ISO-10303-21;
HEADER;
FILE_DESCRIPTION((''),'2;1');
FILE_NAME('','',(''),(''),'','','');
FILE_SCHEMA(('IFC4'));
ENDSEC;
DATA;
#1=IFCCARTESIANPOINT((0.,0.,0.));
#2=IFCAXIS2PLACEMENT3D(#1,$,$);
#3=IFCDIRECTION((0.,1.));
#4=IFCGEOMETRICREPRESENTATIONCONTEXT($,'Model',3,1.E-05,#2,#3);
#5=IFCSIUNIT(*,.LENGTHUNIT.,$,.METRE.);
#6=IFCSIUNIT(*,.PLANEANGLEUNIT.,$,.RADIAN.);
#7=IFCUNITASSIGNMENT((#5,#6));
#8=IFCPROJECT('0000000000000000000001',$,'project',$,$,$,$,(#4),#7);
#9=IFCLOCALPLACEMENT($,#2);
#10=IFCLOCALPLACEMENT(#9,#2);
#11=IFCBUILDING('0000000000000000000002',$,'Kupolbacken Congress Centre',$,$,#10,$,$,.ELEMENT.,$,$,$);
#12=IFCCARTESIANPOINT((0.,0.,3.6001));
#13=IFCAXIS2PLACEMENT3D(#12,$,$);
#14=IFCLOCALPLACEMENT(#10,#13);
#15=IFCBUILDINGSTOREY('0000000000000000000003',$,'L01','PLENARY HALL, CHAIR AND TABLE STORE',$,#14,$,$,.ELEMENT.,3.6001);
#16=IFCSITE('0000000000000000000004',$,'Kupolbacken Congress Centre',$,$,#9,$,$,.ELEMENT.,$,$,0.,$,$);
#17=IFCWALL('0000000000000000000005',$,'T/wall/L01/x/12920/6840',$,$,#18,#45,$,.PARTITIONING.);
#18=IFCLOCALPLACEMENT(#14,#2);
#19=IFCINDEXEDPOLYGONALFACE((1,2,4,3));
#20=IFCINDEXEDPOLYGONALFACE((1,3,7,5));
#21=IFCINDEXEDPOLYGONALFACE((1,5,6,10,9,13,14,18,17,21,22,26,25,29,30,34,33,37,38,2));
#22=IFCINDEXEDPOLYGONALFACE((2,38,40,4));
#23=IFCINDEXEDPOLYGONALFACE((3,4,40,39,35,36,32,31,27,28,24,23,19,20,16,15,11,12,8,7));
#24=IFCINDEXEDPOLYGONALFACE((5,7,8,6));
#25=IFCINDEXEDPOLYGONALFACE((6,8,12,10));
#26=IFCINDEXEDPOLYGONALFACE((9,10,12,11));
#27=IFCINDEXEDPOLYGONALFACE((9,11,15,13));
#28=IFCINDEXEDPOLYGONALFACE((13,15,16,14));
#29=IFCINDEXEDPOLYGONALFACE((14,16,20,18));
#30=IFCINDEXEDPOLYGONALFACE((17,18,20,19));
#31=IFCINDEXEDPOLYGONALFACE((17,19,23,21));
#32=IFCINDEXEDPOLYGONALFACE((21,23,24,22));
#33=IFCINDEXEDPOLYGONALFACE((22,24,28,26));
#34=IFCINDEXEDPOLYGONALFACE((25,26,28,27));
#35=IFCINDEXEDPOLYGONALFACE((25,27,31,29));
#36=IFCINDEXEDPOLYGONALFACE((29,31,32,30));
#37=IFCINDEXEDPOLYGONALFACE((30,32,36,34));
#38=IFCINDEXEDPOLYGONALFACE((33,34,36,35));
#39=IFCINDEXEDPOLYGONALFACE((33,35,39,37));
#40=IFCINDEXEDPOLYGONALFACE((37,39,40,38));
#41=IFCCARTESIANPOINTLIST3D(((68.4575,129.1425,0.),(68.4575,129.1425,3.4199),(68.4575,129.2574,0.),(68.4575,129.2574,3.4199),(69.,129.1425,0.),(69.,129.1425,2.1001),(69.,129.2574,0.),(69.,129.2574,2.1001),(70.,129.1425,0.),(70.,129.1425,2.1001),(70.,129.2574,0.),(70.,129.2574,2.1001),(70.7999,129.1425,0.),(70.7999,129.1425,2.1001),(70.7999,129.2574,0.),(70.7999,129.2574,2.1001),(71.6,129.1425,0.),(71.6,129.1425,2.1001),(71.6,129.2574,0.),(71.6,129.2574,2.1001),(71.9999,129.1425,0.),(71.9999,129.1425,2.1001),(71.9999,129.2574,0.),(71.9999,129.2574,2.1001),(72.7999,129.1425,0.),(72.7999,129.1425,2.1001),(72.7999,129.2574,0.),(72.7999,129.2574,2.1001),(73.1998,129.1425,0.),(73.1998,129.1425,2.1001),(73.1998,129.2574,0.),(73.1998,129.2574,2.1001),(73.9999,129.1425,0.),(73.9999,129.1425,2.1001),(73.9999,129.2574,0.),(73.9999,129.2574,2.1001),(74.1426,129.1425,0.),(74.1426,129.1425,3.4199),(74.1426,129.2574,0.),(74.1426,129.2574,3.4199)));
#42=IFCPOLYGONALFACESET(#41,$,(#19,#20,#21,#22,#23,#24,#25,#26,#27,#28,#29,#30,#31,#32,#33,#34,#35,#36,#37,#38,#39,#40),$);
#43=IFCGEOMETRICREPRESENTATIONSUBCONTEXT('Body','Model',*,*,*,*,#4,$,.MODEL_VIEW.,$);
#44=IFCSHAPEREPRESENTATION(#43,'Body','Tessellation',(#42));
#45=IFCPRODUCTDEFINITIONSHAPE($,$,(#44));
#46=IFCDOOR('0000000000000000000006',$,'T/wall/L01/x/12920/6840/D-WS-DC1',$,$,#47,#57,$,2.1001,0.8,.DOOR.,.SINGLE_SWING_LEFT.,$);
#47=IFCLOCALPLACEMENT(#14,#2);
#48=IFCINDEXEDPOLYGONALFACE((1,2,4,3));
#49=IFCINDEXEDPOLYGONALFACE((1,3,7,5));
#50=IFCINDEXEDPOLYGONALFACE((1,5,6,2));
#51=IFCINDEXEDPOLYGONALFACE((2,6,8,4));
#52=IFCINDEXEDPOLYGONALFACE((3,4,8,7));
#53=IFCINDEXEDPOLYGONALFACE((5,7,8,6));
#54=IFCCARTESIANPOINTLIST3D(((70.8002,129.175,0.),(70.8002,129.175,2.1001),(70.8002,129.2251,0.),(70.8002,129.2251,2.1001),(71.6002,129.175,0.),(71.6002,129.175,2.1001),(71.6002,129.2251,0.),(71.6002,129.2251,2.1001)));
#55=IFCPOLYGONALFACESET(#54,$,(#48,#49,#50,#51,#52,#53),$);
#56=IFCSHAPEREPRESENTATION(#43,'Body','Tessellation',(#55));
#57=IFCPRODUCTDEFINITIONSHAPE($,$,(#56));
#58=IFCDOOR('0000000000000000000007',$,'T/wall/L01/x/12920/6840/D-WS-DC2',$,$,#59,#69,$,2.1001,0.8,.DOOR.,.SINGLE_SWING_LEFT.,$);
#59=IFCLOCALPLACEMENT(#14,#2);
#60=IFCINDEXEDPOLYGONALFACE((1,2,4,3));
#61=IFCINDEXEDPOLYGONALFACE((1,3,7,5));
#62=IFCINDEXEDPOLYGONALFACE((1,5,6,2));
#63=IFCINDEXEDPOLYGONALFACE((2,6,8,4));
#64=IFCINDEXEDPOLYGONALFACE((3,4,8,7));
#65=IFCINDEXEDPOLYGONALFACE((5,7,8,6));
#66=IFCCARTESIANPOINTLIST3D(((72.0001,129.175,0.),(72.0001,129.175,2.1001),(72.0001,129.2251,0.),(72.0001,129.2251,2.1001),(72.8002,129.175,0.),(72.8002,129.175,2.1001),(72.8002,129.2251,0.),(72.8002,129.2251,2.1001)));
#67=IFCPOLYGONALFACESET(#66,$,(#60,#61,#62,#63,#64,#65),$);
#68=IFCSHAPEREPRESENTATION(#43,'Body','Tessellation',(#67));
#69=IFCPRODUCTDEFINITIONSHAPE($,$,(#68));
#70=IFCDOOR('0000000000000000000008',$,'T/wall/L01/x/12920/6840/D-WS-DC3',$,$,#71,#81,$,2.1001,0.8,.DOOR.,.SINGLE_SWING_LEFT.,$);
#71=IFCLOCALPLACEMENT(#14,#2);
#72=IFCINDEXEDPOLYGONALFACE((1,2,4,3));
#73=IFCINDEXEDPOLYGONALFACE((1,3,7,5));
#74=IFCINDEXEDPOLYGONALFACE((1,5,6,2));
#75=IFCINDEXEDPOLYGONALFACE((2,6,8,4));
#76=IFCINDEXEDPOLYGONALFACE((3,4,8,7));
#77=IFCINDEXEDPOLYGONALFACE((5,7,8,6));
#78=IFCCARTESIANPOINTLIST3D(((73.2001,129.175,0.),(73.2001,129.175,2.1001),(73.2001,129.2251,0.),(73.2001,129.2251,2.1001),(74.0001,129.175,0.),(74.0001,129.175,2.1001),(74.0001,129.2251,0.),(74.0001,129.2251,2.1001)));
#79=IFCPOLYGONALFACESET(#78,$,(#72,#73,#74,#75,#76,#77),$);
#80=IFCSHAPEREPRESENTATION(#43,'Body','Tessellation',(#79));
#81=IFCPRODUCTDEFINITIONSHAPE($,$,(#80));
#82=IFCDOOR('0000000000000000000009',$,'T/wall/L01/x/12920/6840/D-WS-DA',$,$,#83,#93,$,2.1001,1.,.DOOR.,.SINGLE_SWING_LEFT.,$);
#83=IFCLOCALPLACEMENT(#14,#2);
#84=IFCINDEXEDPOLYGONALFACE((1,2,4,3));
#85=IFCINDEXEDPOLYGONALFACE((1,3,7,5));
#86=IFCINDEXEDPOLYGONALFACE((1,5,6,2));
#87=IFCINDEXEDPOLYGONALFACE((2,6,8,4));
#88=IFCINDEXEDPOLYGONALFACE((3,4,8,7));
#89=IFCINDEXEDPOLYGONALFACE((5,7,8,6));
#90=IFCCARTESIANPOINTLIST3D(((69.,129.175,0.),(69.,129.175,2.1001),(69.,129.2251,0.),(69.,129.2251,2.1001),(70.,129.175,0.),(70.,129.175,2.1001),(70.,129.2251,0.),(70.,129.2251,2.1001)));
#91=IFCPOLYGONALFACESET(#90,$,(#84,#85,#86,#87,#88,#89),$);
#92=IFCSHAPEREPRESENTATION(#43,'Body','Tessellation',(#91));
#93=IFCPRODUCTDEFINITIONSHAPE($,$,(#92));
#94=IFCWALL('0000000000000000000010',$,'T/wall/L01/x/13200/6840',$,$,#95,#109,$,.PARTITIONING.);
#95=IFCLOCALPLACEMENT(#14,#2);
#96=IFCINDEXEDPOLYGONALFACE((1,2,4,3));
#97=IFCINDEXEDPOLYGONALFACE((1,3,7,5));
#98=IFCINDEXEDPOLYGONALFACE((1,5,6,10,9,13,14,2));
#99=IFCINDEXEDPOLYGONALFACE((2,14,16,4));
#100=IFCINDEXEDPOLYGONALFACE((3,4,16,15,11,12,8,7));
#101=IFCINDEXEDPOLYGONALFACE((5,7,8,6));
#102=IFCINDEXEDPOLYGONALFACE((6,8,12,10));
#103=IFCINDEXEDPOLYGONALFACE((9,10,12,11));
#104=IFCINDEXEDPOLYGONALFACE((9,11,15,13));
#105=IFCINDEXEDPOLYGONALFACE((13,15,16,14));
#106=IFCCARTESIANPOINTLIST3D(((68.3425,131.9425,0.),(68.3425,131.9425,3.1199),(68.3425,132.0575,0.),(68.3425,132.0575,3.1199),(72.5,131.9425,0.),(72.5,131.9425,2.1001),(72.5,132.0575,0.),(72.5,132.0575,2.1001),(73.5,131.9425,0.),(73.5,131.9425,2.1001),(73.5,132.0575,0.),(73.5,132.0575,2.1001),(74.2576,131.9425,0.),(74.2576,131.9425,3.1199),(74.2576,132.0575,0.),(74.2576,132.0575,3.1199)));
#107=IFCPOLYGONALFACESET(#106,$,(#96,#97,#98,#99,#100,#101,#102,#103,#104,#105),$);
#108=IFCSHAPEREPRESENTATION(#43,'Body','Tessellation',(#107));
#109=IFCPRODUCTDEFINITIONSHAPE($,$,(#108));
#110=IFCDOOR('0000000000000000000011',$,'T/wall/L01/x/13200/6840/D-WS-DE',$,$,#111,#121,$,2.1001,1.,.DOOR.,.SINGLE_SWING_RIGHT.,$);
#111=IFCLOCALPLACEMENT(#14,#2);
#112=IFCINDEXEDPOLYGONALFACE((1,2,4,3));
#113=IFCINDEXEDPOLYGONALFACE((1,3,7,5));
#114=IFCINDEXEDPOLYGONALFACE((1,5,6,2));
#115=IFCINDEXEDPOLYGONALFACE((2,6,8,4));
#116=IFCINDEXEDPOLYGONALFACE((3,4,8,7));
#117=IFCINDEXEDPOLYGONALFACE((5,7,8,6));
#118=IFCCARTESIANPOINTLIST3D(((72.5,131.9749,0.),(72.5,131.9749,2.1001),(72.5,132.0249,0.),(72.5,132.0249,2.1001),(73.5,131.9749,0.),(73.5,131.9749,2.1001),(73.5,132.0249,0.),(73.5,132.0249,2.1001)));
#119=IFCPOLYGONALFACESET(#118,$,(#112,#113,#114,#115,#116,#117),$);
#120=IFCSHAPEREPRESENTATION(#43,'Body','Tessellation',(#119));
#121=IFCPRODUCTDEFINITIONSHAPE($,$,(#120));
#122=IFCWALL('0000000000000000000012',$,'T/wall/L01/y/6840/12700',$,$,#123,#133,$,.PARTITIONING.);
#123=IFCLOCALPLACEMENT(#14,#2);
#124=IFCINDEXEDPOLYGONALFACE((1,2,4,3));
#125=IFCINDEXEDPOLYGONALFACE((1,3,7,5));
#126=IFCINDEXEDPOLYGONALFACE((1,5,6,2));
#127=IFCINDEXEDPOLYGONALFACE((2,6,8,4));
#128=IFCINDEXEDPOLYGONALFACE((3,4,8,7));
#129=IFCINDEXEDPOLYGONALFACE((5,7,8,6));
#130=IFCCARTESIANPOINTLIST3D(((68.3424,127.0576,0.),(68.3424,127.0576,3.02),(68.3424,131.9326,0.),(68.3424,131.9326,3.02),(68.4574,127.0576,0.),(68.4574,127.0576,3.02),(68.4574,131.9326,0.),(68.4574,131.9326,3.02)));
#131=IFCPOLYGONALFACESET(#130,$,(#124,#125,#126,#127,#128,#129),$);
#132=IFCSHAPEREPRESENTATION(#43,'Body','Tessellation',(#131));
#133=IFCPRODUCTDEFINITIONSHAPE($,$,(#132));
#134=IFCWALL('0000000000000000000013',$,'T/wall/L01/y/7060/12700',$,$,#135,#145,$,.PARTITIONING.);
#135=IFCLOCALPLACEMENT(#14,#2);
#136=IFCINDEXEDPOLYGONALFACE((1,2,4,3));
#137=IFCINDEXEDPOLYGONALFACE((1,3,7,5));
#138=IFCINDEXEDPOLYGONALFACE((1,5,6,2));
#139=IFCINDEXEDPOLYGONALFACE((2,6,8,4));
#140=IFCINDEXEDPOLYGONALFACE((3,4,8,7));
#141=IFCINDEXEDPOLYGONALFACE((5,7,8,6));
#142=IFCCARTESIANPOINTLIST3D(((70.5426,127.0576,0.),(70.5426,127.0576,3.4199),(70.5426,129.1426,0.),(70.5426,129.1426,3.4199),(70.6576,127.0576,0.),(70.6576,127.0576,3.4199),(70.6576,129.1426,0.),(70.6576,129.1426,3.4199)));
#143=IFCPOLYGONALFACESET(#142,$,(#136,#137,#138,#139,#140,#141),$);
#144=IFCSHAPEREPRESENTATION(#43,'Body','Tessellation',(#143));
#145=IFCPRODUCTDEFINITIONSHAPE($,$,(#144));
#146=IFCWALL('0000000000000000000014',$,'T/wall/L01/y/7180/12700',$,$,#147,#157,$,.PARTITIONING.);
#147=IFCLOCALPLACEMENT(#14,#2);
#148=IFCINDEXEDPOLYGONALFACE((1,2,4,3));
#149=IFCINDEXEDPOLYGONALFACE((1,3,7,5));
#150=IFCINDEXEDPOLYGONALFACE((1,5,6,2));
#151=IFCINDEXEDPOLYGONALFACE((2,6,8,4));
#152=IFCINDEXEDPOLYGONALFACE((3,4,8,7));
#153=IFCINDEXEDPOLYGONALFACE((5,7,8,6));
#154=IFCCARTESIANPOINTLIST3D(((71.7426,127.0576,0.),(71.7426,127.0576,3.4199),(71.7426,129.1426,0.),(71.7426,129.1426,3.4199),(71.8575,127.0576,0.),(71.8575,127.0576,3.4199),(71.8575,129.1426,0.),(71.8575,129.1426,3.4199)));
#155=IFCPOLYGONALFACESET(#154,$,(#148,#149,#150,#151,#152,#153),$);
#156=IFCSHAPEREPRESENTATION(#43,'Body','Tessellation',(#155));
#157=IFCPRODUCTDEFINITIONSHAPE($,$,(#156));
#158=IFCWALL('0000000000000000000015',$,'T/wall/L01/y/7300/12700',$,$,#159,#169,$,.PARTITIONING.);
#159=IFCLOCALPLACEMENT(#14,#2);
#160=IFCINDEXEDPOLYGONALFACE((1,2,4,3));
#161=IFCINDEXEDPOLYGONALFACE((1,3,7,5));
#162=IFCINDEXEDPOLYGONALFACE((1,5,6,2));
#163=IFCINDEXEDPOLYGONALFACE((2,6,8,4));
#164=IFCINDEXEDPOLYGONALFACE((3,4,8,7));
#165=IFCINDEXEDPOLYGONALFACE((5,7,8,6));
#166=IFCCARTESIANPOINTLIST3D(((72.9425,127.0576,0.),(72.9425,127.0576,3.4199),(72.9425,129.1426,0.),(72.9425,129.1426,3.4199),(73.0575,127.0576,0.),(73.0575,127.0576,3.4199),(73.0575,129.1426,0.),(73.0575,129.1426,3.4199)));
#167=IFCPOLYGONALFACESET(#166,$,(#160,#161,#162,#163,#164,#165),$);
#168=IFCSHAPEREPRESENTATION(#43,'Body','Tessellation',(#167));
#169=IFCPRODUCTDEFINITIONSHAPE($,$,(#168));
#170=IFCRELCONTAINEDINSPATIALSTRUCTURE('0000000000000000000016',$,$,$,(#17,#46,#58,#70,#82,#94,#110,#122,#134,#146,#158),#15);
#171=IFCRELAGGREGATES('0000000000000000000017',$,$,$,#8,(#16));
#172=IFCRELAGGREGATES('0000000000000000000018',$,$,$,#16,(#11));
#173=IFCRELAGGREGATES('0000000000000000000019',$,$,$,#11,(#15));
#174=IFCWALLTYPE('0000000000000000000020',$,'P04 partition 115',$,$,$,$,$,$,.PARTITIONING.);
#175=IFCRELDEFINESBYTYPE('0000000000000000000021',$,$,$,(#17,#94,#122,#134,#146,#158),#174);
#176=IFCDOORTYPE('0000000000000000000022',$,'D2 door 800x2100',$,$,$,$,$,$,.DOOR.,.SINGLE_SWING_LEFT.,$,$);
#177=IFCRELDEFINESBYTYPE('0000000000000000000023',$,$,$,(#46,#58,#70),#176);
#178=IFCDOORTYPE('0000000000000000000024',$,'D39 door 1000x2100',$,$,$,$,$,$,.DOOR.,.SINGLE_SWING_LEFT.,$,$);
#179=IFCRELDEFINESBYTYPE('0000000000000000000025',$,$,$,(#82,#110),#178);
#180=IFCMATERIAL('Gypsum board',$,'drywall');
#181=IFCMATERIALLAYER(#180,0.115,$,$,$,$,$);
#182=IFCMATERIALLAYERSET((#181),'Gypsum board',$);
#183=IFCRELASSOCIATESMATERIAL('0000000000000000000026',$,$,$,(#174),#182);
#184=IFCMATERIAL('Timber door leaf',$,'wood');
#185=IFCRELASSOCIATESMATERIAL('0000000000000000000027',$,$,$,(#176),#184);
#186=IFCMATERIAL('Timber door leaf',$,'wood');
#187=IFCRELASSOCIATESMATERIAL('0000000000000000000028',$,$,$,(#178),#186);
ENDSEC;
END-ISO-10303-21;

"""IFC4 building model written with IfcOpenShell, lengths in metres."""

from ifc_helpers import new_model, si_unit, direction, frame, frame_2d, origin, place, context, subcontext, project, spatial, rectangle, extrude, material, layer, layer_set, type_object, element, fill, save


model = new_model("IFC4")

# Units and contexts
model_context = context("Model", 3, precision=1e-05, world=origin(), true_north=direction((0.0, 1.0)))
body_context = subcontext(model_context, "Body", "Model", "MODEL_VIEW")
ifc_project = project(units=[si_unit("LENGTHUNIT", "METRE"), si_unit("PLANEANGLEUNIT", "RADIAN")], contexts=[model_context])

# Site, building, storey
site_placement = place(None, origin())
site = spatial("IfcSite", under=ifc_project, at=site_placement, Name="Kupolbacken Congress Centre", CompositionType="ELEMENT", RefElevation=0.0)
building_placement = place(site_placement, origin())
building = spatial("IfcBuilding", under=site, at=building_placement, Name="Kupolbacken Congress Centre", CompositionType="ELEMENT")
storey_placement = place(building_placement, frame((0.0, 0.0, 3.6001)))
storey = spatial("IfcBuildingStorey", under=building, at=storey_placement, Name="L01", Description="PLENARY HALL, CHAIR AND TABLE STORE", CompositionType="ELEMENT", Elevation=3.6001)

# Shared definitions
ifc_material_1 = material(Name="Gypsum board", Category="drywall")
ifc_layer_1 = layer(ifc_material_1, 0.115)
ifc_layer_set_1 = layer_set([ifc_layer_1], Name="Gypsum board")
wall_type_1 = type_object("IfcWallType", Name="P04 partition 115", PredefinedType="PARTITIONING", material=ifc_layer_set_1)

# Wall, openings, doors
wall_1_placement = place(storey_placement, frame((68.4575, 129.2, 0.0), z_axis=(0.0, 0.0, 1.0), x_axis=(1.0, 0.0, 0.0)))
wall_1 = element("IfcWall", 1, at=wall_1_placement, inside=storey, type_object=wall_type_1, Name="T/wall/L01/x/12920/6840", PredefinedType="PARTITIONING", context=body_context, shape_type="SweptSolid", body=[
    extrude(rectangle(XDim=5.6851, YDim=0.115, at=frame_2d((2.8425, 0.0))), origin(), (0.0, 0.0, 1.0), 3.4199),
])
opening_1_placement = place(wall_1_placement, frame((0.5425, 0.0, 0.0)))
opening_1 = element("IfcOpeningElement", 2, at=opening_1_placement, cuts=wall_1, PredefinedType="OPENING", context=body_context, shape_type="SweptSolid", body=[
    extrude(rectangle(XDim=1.0, YDim=2.1001, at=frame_2d((0.5, 1.05))), frame((0.0, 0.0674, 0.0), z_axis=(0.0, -1.0, 0.0), x_axis=(1.0, 0.0, 0.0)), (0.0, 0.0, 1.0), 0.135),
])
opening_2_placement = place(wall_1_placement, frame((2.3425, 0.0, 0.0)))
opening_2 = element("IfcOpeningElement", 3, at=opening_2_placement, cuts=wall_1, PredefinedType="OPENING", context=body_context, shape_type="SweptSolid", body=[
    extrude(rectangle(XDim=0.8, YDim=2.1001, at=frame_2d((0.3999, 1.05))), frame((0.0, 0.0674, 0.0), z_axis=(0.0, -1.0, 0.0), x_axis=(1.0, 0.0, 0.0)), (0.0, 0.0, 1.0), 0.135),
])
opening_3_placement = place(wall_1_placement, frame((3.5425, 0.0, 0.0)))
opening_3 = element("IfcOpeningElement", 4, at=opening_3_placement, cuts=wall_1, PredefinedType="OPENING", context=body_context, shape_type="SweptSolid", body=[
    extrude(rectangle(XDim=0.8, YDim=2.1001, at=frame_2d((0.3999, 1.05))), frame((0.0, 0.0674, 0.0), z_axis=(0.0, -1.0, 0.0), x_axis=(1.0, 0.0, 0.0)), (0.0, 0.0, 1.0), 0.135),
])
opening_4_placement = place(wall_1_placement, frame((4.7424, 0.0, 0.0)))
opening_4 = element("IfcOpeningElement", 5, at=opening_4_placement, cuts=wall_1, PredefinedType="OPENING", context=body_context, shape_type="SweptSolid", body=[
    extrude(rectangle(XDim=0.8, YDim=2.1001, at=frame_2d((0.3999, 1.05))), frame((0.0, 0.0674, 0.0), z_axis=(0.0, -1.0, 0.0), x_axis=(1.0, 0.0, 0.0)), (0.0, 0.0, 1.0), 0.135),
])
ifc_material_2 = material(Name="Timber door leaf", Category="wood")
door_type_1 = type_object("IfcDoorType", Name="D2 door 800x2100", OperationType="SINGLE_SWING_LEFT", PredefinedType="DOOR", material=ifc_material_2)
door_1_placement = place(opening_2_placement, frame((0.8, 0.0, 0.0), z_axis=(0.0, 0.0, 1.0), x_axis=(-1.0, 0.0, 0.0)))
door_1 = element("IfcDoor", 6, at=door_1_placement, inside=storey, type_object=door_type_1, Name="T/wall/L01/x/12920/6840/D-WS-DC1", OperationType="SINGLE_SWING_LEFT", OverallHeight=2.1001, OverallWidth=0.8, PredefinedType="DOOR", context=body_context, shape_type="SweptSolid", body=[
    extrude(rectangle(XDim=0.8, YDim=2.1001, at=frame_2d((0.3999, 1.05))), frame((0.0, 0.0249, 0.0), z_axis=(0.0, -1.0, 0.0), x_axis=(1.0, 0.0, 0.0)), (0.0, 0.0, 1.0), 0.05),
])
fill(opening_2, door_1)
door_2_placement = place(opening_3_placement, frame((0.8, 0.0, 0.0), z_axis=(0.0, 0.0, 1.0), x_axis=(-1.0, 0.0, 0.0)))
door_2 = element("IfcDoor", 7, at=door_2_placement, inside=storey, type_object=door_type_1, Name="T/wall/L01/x/12920/6840/D-WS-DC2", OperationType="SINGLE_SWING_LEFT", OverallHeight=2.1001, OverallWidth=0.8, PredefinedType="DOOR", context=body_context, shape_type="SweptSolid", body=[
    extrude(rectangle(XDim=0.8, YDim=2.1001, at=frame_2d((0.3999, 1.05))), frame((0.0, 0.0249, 0.0), z_axis=(0.0, -1.0, 0.0), x_axis=(1.0, 0.0, 0.0)), (0.0, 0.0, 1.0), 0.05),
])
fill(opening_3, door_2)
door_3_placement = place(opening_4_placement, frame((0.8, 0.0, 0.0), z_axis=(0.0, 0.0, 1.0), x_axis=(-1.0, 0.0, 0.0)))
door_3 = element("IfcDoor", 8, at=door_3_placement, inside=storey, type_object=door_type_1, Name="T/wall/L01/x/12920/6840/D-WS-DC3", OperationType="SINGLE_SWING_LEFT", OverallHeight=2.1001, OverallWidth=0.8, PredefinedType="DOOR", context=body_context, shape_type="SweptSolid", body=[
    extrude(rectangle(XDim=0.8, YDim=2.1001, at=frame_2d((0.3999, 1.05))), frame((0.0, 0.0249, 0.0), z_axis=(0.0, -1.0, 0.0), x_axis=(1.0, 0.0, 0.0)), (0.0, 0.0, 1.0), 0.05),
])
fill(opening_4, door_3)
ifc_material_3 = material(Name="Timber door leaf", Category="wood")
door_type_2 = type_object("IfcDoorType", Name="D39 door 1000x2100", OperationType="SINGLE_SWING_LEFT", PredefinedType="DOOR", material=ifc_material_3)
door_4_placement = place(opening_1_placement, frame((1.0, 0.0, 0.0), z_axis=(0.0, 0.0, 1.0), x_axis=(-1.0, 0.0, 0.0)))
door_4 = element("IfcDoor", 9, at=door_4_placement, inside=storey, type_object=door_type_2, Name="T/wall/L01/x/12920/6840/D-WS-DA", OperationType="SINGLE_SWING_LEFT", OverallHeight=2.1001, OverallWidth=1.0, PredefinedType="DOOR", context=body_context, shape_type="SweptSolid", body=[
    extrude(rectangle(XDim=1.0, YDim=2.1001, at=frame_2d((0.5, 1.05))), frame((0.0, 0.0249, 0.0), z_axis=(0.0, -1.0, 0.0), x_axis=(1.0, 0.0, 0.0)), (0.0, 0.0, 1.0), 0.05),
])
fill(opening_1, door_4)

# Wall, opening, door
wall_2_placement = place(storey_placement, frame((68.3425, 132.0, 0.0), z_axis=(0.0, 0.0, 1.0), x_axis=(1.0, 0.0, 0.0)))
wall_2 = element("IfcWall", 10, at=wall_2_placement, inside=storey, type_object=wall_type_1, Name="T/wall/L01/x/13200/6840", PredefinedType="PARTITIONING", context=body_context, shape_type="SweptSolid", body=[
    extrude(rectangle(XDim=5.915, YDim=0.115, at=frame_2d((2.9575, 0.0))), origin(), (0.0, 0.0, 1.0), 3.1199),
])
opening_5_placement = place(wall_2_placement, frame((4.1575, 0.0, 0.0)))
opening_5 = element("IfcOpeningElement", 11, at=opening_5_placement, cuts=wall_2, PredefinedType="OPENING", context=body_context, shape_type="SweptSolid", body=[
    extrude(rectangle(XDim=1.0, YDim=2.1001, at=frame_2d((0.5, 1.05))), frame((0.0, 0.0674, 0.0), z_axis=(0.0, -1.0, 0.0), x_axis=(1.0, 0.0, 0.0)), (0.0, 0.0, 1.0), 0.135),
])
door_5_placement = place(opening_5_placement, origin())
door_5 = element("IfcDoor", 12, at=door_5_placement, inside=storey, type_object=door_type_2, Name="T/wall/L01/x/13200/6840/D-WS-DE", OperationType="SINGLE_SWING_RIGHT", OverallHeight=2.1001, OverallWidth=1.0, PredefinedType="DOOR", context=body_context, shape_type="SweptSolid", body=[
    extrude(rectangle(XDim=1.0, YDim=2.1001, at=frame_2d((0.5, 1.05))), frame((0.0, 0.0249, 0.0), z_axis=(0.0, -1.0, 0.0), x_axis=(1.0, 0.0, 0.0)), (0.0, 0.0, 1.0), 0.05),
])
fill(opening_5, door_5)

# Walls
wall_3_placement = place(storey_placement, frame((68.3999, 127.0576, 0.0), z_axis=(0.0, 0.0, 1.0), x_axis=(0.0, 1.0, 0.0)))
element("IfcWall", 13, at=wall_3_placement, inside=storey, type_object=wall_type_1, Name="T/wall/L01/y/6840/12700", PredefinedType="PARTITIONING", context=body_context, shape_type="SweptSolid", body=[
    extrude(rectangle(XDim=4.875, YDim=0.115, at=frame_2d((2.4375, 0.0))), origin(), (0.0, 0.0, 1.0), 3.02),
])
for number, where, z_axis, x_axis, name in (
    (14, (70.6001, 127.0576, 0.0), (0.0, 0.0, 1.0), (0.0, 1.0, 0.0), "T/wall/L01/y/7060/12700"),
    (15, (71.8, 127.0576, 0.0), (0.0, 0.0, 1.0), (0.0, 1.0, 0.0), "T/wall/L01/y/7180/12700"),
    (16, (73.0, 127.0576, 0.0), (0.0, 0.0, 1.0), (0.0, 1.0, 0.0), "T/wall/L01/y/7300/12700"),
):
    element("IfcWall", number, at=place(storey_placement, frame(where, z_axis=z_axis, x_axis=x_axis)), inside=storey, type_object=wall_type_1, Name=name, PredefinedType="PARTITIONING", context=body_context, shape_type="SweptSolid", body=[
        extrude(rectangle(XDim=2.085, YDim=0.115, at=frame_2d((1.0425, 0.0))), origin(), (0.0, 0.0, 1.0), 3.4199),
    ])

save(model, "model.ifc")
